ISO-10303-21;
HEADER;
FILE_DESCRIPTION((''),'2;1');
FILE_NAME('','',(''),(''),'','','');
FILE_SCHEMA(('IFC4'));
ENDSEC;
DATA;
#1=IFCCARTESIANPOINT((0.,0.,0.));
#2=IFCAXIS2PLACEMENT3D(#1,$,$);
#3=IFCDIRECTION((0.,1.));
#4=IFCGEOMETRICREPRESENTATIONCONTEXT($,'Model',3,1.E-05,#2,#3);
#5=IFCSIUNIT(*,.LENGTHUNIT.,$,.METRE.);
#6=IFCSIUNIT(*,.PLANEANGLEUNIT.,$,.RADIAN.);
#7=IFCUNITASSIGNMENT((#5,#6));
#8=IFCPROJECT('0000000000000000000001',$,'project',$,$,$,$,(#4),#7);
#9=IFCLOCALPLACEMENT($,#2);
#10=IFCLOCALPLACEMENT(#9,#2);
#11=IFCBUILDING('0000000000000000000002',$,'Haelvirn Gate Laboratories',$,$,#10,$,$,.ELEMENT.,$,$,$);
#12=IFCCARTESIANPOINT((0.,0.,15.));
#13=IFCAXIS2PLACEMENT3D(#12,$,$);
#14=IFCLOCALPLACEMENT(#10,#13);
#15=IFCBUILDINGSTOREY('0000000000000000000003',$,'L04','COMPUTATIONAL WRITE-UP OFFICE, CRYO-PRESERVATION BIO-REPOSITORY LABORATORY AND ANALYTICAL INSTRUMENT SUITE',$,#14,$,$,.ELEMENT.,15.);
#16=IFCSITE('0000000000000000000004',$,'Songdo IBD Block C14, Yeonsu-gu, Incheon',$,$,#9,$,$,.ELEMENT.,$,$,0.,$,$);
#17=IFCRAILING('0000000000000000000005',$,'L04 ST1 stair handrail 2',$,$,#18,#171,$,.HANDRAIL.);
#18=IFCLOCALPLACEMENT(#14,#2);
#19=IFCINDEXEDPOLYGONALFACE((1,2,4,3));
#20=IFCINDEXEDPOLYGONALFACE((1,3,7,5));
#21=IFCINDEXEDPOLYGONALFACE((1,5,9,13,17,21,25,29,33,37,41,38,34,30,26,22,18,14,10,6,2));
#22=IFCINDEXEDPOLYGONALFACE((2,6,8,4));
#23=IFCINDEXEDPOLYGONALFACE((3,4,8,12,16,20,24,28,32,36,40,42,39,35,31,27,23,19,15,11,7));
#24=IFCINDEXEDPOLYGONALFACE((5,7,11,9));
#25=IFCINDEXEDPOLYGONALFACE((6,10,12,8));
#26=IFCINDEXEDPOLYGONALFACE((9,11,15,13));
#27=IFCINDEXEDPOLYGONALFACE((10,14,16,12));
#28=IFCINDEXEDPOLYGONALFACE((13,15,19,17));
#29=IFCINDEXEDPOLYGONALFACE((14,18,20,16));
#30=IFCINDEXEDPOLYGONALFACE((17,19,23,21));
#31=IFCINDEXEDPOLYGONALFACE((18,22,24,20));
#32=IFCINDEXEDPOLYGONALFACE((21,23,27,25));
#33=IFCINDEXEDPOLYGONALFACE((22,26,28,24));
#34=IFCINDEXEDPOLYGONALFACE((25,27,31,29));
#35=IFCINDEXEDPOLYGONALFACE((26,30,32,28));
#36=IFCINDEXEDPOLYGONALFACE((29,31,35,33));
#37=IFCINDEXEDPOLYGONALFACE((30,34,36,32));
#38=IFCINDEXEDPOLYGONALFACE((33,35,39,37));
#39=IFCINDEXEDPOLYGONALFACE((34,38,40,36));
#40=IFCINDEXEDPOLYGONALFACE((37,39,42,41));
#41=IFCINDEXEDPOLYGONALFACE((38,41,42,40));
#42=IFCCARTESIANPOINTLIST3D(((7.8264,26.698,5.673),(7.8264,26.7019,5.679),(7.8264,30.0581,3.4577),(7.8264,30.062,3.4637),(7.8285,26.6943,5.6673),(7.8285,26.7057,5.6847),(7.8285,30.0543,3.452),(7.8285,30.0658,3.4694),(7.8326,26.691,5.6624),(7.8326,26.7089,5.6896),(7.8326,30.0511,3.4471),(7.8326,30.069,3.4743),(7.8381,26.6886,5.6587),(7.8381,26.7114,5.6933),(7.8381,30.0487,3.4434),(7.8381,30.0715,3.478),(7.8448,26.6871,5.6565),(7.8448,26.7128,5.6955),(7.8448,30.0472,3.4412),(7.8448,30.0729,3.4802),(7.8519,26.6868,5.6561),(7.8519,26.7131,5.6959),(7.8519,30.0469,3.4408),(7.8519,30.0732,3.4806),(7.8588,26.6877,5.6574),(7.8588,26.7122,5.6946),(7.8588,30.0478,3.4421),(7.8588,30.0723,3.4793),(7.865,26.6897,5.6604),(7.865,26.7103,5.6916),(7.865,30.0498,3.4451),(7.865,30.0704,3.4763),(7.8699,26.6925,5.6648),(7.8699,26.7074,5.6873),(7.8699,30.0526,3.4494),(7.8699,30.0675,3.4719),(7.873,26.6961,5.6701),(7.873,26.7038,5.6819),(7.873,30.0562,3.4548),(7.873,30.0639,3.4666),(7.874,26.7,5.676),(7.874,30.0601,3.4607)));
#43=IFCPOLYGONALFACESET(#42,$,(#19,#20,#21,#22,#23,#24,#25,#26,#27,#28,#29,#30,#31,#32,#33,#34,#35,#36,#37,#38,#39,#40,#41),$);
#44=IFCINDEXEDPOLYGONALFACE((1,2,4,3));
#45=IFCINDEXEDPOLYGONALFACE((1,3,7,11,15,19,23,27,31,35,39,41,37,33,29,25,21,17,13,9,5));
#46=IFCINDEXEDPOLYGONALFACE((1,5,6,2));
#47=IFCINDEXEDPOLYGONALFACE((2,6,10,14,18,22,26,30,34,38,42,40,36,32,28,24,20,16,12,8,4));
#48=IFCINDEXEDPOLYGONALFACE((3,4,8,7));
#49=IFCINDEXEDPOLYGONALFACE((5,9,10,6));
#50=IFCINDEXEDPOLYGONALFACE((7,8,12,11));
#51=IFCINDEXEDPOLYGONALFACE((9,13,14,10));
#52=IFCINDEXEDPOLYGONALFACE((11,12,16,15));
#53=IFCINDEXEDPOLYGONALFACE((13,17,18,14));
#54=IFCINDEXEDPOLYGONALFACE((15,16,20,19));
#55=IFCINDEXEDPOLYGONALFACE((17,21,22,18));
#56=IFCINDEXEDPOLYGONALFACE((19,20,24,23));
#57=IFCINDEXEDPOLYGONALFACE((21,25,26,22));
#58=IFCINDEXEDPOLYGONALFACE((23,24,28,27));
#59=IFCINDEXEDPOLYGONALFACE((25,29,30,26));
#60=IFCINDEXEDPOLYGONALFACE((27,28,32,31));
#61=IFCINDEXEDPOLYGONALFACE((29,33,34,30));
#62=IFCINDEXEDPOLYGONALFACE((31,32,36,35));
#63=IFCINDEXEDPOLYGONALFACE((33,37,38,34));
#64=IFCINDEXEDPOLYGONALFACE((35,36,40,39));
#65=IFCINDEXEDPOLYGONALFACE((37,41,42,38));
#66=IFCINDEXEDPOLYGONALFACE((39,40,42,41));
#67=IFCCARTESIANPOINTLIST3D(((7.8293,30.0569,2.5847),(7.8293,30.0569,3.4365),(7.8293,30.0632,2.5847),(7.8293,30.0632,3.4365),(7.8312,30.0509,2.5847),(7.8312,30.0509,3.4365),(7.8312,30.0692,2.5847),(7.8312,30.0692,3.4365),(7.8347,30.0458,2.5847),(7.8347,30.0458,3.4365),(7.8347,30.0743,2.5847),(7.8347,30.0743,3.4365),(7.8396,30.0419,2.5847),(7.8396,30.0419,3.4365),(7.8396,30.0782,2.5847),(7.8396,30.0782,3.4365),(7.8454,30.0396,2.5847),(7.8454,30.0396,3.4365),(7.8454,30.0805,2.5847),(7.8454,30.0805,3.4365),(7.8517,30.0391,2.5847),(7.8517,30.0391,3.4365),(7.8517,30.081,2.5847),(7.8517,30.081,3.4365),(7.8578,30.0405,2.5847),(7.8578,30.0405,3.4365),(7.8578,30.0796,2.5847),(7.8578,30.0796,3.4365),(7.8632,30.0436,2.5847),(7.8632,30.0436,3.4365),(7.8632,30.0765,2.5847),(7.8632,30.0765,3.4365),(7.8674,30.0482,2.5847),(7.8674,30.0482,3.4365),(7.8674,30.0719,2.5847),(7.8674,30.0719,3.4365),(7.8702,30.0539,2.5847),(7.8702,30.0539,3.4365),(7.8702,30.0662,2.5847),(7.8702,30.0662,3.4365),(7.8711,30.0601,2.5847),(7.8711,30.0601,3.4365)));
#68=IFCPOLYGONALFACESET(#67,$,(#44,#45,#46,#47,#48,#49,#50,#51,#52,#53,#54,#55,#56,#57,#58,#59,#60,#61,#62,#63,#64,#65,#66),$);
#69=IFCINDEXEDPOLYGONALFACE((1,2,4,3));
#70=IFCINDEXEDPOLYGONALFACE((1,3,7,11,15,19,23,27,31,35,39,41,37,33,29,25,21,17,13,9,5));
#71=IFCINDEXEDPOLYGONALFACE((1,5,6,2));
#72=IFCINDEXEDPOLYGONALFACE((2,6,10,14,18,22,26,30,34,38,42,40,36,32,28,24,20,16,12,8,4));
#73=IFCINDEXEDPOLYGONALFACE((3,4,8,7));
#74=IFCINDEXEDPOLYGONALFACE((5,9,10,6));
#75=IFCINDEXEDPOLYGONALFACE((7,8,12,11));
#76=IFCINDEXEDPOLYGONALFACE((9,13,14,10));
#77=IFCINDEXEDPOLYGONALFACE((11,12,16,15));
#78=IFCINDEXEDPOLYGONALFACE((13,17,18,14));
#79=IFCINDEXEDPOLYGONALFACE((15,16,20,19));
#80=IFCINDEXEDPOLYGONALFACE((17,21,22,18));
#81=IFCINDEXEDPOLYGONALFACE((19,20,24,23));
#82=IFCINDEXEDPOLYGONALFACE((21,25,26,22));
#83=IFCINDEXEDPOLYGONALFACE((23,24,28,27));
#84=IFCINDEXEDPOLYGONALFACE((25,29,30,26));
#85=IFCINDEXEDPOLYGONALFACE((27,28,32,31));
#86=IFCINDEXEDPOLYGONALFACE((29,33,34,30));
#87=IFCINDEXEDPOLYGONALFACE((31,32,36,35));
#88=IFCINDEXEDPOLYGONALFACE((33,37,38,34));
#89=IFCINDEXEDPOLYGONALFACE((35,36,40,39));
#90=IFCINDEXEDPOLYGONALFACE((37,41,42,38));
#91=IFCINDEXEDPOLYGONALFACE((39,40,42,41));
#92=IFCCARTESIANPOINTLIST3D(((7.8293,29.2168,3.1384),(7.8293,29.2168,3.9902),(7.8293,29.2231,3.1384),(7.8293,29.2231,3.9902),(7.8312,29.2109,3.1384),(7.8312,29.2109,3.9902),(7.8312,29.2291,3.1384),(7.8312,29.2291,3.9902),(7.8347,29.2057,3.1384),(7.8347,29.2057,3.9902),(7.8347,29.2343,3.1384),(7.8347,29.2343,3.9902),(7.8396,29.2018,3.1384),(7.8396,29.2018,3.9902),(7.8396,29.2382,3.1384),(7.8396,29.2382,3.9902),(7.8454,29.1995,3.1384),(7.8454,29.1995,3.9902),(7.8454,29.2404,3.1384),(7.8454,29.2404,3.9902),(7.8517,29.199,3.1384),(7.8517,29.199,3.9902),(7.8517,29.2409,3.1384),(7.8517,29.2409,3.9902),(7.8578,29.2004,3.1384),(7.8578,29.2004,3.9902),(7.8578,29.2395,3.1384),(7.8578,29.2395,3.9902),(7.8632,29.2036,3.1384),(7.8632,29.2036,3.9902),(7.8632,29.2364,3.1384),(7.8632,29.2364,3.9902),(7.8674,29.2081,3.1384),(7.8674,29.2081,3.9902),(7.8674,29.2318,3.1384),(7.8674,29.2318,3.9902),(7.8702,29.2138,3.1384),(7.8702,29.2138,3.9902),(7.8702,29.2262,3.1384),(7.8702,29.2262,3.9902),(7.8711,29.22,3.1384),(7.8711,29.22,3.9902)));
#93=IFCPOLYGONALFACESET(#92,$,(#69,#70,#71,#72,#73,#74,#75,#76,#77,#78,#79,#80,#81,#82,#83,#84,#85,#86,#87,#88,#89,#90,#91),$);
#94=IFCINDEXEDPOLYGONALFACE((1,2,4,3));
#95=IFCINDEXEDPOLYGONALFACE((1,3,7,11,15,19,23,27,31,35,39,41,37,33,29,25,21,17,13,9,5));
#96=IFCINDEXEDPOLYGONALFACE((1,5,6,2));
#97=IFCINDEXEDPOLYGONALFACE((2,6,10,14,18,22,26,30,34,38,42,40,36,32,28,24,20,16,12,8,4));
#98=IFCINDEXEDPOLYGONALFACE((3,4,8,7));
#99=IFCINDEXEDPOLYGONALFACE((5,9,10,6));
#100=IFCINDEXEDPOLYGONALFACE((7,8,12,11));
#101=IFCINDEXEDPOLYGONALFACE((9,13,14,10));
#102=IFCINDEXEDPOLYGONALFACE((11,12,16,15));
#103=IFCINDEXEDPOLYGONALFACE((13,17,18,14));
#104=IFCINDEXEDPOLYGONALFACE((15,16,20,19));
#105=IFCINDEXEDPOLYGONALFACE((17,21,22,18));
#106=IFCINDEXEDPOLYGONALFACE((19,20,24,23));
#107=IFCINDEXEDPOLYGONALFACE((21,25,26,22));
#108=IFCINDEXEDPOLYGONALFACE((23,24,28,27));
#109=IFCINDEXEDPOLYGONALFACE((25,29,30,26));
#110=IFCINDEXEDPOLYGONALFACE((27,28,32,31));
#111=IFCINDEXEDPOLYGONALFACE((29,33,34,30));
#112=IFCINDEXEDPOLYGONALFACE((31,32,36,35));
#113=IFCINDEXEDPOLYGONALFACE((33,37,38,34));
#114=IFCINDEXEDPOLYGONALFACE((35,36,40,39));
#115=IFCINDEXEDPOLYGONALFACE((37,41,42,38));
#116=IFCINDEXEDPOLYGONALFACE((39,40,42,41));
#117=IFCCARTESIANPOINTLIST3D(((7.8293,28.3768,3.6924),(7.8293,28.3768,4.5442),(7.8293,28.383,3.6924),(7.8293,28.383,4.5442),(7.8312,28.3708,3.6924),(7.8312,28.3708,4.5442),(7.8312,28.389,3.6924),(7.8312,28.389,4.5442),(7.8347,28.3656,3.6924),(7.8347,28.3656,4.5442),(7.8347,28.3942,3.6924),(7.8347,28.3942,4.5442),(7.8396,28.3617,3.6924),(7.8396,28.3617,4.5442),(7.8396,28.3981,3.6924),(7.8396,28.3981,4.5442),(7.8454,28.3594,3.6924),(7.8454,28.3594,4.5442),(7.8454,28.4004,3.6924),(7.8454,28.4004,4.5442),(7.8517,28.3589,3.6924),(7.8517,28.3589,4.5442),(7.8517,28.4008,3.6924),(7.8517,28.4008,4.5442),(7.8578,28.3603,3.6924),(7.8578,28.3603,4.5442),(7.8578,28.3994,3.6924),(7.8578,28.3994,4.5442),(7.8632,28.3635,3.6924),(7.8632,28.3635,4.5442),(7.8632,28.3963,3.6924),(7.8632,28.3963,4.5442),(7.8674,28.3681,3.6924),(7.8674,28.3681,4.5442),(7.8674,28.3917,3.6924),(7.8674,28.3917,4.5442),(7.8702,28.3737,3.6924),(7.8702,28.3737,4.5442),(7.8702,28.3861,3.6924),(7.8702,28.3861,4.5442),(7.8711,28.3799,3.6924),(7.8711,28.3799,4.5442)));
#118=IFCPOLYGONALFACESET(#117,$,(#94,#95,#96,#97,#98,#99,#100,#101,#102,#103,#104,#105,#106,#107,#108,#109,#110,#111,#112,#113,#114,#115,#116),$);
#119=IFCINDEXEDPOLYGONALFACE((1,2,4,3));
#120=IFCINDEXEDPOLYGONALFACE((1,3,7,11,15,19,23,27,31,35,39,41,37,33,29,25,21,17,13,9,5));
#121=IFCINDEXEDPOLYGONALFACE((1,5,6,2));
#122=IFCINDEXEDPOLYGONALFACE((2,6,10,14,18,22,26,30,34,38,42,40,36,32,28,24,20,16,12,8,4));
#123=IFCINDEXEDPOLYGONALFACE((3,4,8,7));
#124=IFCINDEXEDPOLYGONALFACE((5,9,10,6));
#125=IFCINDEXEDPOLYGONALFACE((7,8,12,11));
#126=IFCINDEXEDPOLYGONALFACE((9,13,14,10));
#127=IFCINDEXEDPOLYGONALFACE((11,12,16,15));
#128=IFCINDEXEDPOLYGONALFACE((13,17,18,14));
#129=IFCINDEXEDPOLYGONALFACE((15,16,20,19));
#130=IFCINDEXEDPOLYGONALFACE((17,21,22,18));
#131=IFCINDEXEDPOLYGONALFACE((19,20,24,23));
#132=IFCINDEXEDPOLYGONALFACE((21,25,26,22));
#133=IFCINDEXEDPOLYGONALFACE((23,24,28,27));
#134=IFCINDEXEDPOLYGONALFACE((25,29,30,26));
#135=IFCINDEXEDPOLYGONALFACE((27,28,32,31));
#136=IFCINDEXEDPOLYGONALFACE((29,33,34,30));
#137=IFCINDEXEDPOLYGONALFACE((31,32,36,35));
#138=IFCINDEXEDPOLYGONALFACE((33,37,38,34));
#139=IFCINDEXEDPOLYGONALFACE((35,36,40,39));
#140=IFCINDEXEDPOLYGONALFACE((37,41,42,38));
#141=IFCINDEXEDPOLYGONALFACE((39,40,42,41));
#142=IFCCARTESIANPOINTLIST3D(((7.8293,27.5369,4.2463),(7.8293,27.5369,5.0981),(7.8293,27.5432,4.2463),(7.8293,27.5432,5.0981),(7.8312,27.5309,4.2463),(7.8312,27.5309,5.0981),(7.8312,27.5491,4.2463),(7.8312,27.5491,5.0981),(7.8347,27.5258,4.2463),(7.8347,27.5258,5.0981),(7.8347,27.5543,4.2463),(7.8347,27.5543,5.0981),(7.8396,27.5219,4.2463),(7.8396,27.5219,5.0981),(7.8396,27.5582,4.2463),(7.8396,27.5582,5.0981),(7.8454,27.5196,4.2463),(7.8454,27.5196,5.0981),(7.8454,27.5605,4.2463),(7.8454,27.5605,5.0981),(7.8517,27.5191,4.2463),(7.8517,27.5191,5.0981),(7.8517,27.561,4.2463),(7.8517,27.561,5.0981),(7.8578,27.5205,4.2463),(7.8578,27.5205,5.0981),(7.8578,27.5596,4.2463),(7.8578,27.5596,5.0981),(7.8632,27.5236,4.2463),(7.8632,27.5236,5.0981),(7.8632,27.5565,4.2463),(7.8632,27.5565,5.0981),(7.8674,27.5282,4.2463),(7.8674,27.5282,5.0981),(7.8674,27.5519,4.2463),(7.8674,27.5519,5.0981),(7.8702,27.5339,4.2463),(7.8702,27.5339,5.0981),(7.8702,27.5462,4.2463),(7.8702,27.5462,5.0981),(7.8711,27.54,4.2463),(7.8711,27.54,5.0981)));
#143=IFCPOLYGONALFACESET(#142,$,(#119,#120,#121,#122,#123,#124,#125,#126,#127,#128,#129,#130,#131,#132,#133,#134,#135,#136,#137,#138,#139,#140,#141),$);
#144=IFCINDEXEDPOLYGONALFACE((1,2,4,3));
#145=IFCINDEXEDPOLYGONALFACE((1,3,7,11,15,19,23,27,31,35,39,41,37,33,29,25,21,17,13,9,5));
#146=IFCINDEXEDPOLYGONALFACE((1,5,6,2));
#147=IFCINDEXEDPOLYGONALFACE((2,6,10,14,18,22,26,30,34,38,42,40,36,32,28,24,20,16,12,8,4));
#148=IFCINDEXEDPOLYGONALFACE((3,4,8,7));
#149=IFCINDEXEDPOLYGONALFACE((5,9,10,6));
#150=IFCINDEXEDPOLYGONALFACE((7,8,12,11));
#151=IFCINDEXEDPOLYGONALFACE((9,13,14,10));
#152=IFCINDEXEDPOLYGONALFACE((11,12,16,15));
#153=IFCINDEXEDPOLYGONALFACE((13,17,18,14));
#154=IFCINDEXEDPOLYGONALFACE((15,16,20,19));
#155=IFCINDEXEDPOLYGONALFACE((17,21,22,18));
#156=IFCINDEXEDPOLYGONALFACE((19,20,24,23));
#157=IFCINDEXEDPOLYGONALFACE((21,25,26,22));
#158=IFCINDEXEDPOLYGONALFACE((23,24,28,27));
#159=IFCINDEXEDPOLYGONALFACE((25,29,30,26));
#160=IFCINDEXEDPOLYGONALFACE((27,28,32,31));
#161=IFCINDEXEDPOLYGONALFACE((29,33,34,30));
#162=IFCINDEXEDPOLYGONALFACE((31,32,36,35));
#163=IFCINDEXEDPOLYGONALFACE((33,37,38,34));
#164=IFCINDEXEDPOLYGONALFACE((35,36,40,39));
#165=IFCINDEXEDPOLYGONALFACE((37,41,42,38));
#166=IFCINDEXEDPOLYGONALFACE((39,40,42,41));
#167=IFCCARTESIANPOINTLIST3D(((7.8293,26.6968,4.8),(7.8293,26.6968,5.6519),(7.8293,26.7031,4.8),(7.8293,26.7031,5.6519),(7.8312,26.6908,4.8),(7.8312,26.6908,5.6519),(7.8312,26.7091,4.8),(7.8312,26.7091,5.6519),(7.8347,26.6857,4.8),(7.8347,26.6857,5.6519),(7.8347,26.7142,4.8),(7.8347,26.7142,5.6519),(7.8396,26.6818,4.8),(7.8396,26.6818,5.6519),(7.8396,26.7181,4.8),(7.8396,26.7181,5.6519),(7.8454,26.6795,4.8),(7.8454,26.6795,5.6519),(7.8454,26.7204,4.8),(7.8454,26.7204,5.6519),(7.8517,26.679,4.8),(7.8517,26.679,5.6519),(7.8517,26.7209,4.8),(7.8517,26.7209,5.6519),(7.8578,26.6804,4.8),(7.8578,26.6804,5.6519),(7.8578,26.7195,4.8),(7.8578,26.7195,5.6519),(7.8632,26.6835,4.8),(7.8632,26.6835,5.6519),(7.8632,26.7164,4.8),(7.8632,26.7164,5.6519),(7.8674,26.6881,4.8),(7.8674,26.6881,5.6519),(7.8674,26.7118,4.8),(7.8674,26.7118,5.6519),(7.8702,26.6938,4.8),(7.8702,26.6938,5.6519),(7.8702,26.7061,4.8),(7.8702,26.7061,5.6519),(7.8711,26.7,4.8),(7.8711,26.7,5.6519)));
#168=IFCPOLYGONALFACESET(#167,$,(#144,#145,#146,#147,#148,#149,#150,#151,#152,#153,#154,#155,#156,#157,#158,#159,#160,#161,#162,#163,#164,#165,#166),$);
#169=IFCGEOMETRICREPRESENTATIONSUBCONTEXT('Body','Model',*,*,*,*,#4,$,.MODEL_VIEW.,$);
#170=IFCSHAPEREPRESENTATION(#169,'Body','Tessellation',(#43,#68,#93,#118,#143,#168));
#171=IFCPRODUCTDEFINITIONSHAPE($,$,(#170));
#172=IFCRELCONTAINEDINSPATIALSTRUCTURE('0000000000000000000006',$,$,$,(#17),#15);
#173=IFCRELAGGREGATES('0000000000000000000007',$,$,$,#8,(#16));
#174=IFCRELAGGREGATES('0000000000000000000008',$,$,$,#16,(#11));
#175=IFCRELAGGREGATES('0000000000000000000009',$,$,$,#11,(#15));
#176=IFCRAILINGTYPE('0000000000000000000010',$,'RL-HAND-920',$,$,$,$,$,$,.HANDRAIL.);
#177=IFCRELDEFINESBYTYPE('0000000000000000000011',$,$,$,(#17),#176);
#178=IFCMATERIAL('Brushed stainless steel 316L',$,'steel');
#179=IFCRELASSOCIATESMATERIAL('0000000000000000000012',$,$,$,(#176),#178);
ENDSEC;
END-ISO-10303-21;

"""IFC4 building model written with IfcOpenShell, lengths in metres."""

from ifc_helpers import new_model, si_unit, direction, frame, origin, origin_2d, place, context, subcontext, project, spatial, circle, extrude, source, transform, mapped, material, type_object, type_shapes, element, save


model = new_model("IFC4")

# Units and contexts
model_context = context("Model", 3, precision=1e-05, world=origin(), true_north=direction((0.0, 1.0)))
body_context = subcontext(model_context, "Body", "Model", "MODEL_VIEW")
ifc_project = project(units=[si_unit("LENGTHUNIT", "METRE"), si_unit("PLANEANGLEUNIT", "RADIAN")], contexts=[model_context])

# Site, building, storey
site_placement = place(None, origin())
site = spatial("IfcSite", under=ifc_project, at=site_placement, Name="Songdo IBD Block C14, Yeonsu-gu, Incheon", CompositionType="ELEMENT", RefElevation=0.0)
building_placement = place(site_placement, origin())
building = spatial("IfcBuilding", under=site, at=building_placement, Name="Haelvirn Gate Laboratories", CompositionType="ELEMENT")
storey_placement = place(building_placement, frame((0.0, 0.0, 15.0)))
storey = spatial("IfcBuildingStorey", under=building, at=storey_placement, Name="L04", Description="COMPUTATIONAL WRITE-UP OFFICE, CRYO-PRESERVATION BIO-REPOSITORY LABORATORY AND ANALYTICAL INSTRUMENT SUITE", CompositionType="ELEMENT", Elevation=15.0)

# Railing
ifc_material_1 = material(Name="Brushed stainless steel 316L", Category="steel")
railing_type_1 = type_object("IfcRailingType", Name="RL-HAND-920", PredefinedType="HANDRAIL", material=ifc_material_1)
shared_shape_1 = source(origin(), body_context, "Body", "SweptSolid", [
    extrude(circle(Radius=0.0239, at=origin_2d()), frame((0.0, 0.0, 0.876), z_axis=(0.0, -0.834876, 0.550437), x_axis=(1.0, 0.0, 0.0)), (0.0, 0.0, 1.0), 4.0247),
    extrude(circle(Radius=0.021, at=origin_2d()), origin(), (0.0, 0.0, 1.0), 0.8518),
    extrude(circle(Radius=0.021, at=origin_2d()), frame((0.0, -0.8401, 0.5537)), (0.0, 0.0, 1.0), 0.8518),
    extrude(circle(Radius=0.021, at=origin_2d()), frame((0.0, -1.6802, 1.1077)), (0.0, 0.0, 1.0), 0.8518),
    extrude(circle(Radius=0.021, at=origin_2d()), frame((0.0, -2.52, 1.6616)), (0.0, 0.0, 1.0), 0.8518),
    extrude(circle(Radius=0.021, at=origin_2d()), frame((0.0, -3.3601, 2.2153)), (0.0, 0.0, 1.0), 0.8518),
])
type_shapes(railing_type_1, [shared_shape_1])
railing_1_placement = place(storey_placement, frame((7.8501, 30.0601, 2.5847)))
element("IfcRailing", 1, at=railing_1_placement, inside=storey, type_object=railing_type_1, Name="L04 ST1 stair handrail 2", PredefinedType="HANDRAIL", context=body_context, shape_type="MappedRepresentation", body=[
    mapped(shared_shape_1, transform((0.0, 0.0, 0.0), scale=1.0)),
])

save(model, "model.ifc")
